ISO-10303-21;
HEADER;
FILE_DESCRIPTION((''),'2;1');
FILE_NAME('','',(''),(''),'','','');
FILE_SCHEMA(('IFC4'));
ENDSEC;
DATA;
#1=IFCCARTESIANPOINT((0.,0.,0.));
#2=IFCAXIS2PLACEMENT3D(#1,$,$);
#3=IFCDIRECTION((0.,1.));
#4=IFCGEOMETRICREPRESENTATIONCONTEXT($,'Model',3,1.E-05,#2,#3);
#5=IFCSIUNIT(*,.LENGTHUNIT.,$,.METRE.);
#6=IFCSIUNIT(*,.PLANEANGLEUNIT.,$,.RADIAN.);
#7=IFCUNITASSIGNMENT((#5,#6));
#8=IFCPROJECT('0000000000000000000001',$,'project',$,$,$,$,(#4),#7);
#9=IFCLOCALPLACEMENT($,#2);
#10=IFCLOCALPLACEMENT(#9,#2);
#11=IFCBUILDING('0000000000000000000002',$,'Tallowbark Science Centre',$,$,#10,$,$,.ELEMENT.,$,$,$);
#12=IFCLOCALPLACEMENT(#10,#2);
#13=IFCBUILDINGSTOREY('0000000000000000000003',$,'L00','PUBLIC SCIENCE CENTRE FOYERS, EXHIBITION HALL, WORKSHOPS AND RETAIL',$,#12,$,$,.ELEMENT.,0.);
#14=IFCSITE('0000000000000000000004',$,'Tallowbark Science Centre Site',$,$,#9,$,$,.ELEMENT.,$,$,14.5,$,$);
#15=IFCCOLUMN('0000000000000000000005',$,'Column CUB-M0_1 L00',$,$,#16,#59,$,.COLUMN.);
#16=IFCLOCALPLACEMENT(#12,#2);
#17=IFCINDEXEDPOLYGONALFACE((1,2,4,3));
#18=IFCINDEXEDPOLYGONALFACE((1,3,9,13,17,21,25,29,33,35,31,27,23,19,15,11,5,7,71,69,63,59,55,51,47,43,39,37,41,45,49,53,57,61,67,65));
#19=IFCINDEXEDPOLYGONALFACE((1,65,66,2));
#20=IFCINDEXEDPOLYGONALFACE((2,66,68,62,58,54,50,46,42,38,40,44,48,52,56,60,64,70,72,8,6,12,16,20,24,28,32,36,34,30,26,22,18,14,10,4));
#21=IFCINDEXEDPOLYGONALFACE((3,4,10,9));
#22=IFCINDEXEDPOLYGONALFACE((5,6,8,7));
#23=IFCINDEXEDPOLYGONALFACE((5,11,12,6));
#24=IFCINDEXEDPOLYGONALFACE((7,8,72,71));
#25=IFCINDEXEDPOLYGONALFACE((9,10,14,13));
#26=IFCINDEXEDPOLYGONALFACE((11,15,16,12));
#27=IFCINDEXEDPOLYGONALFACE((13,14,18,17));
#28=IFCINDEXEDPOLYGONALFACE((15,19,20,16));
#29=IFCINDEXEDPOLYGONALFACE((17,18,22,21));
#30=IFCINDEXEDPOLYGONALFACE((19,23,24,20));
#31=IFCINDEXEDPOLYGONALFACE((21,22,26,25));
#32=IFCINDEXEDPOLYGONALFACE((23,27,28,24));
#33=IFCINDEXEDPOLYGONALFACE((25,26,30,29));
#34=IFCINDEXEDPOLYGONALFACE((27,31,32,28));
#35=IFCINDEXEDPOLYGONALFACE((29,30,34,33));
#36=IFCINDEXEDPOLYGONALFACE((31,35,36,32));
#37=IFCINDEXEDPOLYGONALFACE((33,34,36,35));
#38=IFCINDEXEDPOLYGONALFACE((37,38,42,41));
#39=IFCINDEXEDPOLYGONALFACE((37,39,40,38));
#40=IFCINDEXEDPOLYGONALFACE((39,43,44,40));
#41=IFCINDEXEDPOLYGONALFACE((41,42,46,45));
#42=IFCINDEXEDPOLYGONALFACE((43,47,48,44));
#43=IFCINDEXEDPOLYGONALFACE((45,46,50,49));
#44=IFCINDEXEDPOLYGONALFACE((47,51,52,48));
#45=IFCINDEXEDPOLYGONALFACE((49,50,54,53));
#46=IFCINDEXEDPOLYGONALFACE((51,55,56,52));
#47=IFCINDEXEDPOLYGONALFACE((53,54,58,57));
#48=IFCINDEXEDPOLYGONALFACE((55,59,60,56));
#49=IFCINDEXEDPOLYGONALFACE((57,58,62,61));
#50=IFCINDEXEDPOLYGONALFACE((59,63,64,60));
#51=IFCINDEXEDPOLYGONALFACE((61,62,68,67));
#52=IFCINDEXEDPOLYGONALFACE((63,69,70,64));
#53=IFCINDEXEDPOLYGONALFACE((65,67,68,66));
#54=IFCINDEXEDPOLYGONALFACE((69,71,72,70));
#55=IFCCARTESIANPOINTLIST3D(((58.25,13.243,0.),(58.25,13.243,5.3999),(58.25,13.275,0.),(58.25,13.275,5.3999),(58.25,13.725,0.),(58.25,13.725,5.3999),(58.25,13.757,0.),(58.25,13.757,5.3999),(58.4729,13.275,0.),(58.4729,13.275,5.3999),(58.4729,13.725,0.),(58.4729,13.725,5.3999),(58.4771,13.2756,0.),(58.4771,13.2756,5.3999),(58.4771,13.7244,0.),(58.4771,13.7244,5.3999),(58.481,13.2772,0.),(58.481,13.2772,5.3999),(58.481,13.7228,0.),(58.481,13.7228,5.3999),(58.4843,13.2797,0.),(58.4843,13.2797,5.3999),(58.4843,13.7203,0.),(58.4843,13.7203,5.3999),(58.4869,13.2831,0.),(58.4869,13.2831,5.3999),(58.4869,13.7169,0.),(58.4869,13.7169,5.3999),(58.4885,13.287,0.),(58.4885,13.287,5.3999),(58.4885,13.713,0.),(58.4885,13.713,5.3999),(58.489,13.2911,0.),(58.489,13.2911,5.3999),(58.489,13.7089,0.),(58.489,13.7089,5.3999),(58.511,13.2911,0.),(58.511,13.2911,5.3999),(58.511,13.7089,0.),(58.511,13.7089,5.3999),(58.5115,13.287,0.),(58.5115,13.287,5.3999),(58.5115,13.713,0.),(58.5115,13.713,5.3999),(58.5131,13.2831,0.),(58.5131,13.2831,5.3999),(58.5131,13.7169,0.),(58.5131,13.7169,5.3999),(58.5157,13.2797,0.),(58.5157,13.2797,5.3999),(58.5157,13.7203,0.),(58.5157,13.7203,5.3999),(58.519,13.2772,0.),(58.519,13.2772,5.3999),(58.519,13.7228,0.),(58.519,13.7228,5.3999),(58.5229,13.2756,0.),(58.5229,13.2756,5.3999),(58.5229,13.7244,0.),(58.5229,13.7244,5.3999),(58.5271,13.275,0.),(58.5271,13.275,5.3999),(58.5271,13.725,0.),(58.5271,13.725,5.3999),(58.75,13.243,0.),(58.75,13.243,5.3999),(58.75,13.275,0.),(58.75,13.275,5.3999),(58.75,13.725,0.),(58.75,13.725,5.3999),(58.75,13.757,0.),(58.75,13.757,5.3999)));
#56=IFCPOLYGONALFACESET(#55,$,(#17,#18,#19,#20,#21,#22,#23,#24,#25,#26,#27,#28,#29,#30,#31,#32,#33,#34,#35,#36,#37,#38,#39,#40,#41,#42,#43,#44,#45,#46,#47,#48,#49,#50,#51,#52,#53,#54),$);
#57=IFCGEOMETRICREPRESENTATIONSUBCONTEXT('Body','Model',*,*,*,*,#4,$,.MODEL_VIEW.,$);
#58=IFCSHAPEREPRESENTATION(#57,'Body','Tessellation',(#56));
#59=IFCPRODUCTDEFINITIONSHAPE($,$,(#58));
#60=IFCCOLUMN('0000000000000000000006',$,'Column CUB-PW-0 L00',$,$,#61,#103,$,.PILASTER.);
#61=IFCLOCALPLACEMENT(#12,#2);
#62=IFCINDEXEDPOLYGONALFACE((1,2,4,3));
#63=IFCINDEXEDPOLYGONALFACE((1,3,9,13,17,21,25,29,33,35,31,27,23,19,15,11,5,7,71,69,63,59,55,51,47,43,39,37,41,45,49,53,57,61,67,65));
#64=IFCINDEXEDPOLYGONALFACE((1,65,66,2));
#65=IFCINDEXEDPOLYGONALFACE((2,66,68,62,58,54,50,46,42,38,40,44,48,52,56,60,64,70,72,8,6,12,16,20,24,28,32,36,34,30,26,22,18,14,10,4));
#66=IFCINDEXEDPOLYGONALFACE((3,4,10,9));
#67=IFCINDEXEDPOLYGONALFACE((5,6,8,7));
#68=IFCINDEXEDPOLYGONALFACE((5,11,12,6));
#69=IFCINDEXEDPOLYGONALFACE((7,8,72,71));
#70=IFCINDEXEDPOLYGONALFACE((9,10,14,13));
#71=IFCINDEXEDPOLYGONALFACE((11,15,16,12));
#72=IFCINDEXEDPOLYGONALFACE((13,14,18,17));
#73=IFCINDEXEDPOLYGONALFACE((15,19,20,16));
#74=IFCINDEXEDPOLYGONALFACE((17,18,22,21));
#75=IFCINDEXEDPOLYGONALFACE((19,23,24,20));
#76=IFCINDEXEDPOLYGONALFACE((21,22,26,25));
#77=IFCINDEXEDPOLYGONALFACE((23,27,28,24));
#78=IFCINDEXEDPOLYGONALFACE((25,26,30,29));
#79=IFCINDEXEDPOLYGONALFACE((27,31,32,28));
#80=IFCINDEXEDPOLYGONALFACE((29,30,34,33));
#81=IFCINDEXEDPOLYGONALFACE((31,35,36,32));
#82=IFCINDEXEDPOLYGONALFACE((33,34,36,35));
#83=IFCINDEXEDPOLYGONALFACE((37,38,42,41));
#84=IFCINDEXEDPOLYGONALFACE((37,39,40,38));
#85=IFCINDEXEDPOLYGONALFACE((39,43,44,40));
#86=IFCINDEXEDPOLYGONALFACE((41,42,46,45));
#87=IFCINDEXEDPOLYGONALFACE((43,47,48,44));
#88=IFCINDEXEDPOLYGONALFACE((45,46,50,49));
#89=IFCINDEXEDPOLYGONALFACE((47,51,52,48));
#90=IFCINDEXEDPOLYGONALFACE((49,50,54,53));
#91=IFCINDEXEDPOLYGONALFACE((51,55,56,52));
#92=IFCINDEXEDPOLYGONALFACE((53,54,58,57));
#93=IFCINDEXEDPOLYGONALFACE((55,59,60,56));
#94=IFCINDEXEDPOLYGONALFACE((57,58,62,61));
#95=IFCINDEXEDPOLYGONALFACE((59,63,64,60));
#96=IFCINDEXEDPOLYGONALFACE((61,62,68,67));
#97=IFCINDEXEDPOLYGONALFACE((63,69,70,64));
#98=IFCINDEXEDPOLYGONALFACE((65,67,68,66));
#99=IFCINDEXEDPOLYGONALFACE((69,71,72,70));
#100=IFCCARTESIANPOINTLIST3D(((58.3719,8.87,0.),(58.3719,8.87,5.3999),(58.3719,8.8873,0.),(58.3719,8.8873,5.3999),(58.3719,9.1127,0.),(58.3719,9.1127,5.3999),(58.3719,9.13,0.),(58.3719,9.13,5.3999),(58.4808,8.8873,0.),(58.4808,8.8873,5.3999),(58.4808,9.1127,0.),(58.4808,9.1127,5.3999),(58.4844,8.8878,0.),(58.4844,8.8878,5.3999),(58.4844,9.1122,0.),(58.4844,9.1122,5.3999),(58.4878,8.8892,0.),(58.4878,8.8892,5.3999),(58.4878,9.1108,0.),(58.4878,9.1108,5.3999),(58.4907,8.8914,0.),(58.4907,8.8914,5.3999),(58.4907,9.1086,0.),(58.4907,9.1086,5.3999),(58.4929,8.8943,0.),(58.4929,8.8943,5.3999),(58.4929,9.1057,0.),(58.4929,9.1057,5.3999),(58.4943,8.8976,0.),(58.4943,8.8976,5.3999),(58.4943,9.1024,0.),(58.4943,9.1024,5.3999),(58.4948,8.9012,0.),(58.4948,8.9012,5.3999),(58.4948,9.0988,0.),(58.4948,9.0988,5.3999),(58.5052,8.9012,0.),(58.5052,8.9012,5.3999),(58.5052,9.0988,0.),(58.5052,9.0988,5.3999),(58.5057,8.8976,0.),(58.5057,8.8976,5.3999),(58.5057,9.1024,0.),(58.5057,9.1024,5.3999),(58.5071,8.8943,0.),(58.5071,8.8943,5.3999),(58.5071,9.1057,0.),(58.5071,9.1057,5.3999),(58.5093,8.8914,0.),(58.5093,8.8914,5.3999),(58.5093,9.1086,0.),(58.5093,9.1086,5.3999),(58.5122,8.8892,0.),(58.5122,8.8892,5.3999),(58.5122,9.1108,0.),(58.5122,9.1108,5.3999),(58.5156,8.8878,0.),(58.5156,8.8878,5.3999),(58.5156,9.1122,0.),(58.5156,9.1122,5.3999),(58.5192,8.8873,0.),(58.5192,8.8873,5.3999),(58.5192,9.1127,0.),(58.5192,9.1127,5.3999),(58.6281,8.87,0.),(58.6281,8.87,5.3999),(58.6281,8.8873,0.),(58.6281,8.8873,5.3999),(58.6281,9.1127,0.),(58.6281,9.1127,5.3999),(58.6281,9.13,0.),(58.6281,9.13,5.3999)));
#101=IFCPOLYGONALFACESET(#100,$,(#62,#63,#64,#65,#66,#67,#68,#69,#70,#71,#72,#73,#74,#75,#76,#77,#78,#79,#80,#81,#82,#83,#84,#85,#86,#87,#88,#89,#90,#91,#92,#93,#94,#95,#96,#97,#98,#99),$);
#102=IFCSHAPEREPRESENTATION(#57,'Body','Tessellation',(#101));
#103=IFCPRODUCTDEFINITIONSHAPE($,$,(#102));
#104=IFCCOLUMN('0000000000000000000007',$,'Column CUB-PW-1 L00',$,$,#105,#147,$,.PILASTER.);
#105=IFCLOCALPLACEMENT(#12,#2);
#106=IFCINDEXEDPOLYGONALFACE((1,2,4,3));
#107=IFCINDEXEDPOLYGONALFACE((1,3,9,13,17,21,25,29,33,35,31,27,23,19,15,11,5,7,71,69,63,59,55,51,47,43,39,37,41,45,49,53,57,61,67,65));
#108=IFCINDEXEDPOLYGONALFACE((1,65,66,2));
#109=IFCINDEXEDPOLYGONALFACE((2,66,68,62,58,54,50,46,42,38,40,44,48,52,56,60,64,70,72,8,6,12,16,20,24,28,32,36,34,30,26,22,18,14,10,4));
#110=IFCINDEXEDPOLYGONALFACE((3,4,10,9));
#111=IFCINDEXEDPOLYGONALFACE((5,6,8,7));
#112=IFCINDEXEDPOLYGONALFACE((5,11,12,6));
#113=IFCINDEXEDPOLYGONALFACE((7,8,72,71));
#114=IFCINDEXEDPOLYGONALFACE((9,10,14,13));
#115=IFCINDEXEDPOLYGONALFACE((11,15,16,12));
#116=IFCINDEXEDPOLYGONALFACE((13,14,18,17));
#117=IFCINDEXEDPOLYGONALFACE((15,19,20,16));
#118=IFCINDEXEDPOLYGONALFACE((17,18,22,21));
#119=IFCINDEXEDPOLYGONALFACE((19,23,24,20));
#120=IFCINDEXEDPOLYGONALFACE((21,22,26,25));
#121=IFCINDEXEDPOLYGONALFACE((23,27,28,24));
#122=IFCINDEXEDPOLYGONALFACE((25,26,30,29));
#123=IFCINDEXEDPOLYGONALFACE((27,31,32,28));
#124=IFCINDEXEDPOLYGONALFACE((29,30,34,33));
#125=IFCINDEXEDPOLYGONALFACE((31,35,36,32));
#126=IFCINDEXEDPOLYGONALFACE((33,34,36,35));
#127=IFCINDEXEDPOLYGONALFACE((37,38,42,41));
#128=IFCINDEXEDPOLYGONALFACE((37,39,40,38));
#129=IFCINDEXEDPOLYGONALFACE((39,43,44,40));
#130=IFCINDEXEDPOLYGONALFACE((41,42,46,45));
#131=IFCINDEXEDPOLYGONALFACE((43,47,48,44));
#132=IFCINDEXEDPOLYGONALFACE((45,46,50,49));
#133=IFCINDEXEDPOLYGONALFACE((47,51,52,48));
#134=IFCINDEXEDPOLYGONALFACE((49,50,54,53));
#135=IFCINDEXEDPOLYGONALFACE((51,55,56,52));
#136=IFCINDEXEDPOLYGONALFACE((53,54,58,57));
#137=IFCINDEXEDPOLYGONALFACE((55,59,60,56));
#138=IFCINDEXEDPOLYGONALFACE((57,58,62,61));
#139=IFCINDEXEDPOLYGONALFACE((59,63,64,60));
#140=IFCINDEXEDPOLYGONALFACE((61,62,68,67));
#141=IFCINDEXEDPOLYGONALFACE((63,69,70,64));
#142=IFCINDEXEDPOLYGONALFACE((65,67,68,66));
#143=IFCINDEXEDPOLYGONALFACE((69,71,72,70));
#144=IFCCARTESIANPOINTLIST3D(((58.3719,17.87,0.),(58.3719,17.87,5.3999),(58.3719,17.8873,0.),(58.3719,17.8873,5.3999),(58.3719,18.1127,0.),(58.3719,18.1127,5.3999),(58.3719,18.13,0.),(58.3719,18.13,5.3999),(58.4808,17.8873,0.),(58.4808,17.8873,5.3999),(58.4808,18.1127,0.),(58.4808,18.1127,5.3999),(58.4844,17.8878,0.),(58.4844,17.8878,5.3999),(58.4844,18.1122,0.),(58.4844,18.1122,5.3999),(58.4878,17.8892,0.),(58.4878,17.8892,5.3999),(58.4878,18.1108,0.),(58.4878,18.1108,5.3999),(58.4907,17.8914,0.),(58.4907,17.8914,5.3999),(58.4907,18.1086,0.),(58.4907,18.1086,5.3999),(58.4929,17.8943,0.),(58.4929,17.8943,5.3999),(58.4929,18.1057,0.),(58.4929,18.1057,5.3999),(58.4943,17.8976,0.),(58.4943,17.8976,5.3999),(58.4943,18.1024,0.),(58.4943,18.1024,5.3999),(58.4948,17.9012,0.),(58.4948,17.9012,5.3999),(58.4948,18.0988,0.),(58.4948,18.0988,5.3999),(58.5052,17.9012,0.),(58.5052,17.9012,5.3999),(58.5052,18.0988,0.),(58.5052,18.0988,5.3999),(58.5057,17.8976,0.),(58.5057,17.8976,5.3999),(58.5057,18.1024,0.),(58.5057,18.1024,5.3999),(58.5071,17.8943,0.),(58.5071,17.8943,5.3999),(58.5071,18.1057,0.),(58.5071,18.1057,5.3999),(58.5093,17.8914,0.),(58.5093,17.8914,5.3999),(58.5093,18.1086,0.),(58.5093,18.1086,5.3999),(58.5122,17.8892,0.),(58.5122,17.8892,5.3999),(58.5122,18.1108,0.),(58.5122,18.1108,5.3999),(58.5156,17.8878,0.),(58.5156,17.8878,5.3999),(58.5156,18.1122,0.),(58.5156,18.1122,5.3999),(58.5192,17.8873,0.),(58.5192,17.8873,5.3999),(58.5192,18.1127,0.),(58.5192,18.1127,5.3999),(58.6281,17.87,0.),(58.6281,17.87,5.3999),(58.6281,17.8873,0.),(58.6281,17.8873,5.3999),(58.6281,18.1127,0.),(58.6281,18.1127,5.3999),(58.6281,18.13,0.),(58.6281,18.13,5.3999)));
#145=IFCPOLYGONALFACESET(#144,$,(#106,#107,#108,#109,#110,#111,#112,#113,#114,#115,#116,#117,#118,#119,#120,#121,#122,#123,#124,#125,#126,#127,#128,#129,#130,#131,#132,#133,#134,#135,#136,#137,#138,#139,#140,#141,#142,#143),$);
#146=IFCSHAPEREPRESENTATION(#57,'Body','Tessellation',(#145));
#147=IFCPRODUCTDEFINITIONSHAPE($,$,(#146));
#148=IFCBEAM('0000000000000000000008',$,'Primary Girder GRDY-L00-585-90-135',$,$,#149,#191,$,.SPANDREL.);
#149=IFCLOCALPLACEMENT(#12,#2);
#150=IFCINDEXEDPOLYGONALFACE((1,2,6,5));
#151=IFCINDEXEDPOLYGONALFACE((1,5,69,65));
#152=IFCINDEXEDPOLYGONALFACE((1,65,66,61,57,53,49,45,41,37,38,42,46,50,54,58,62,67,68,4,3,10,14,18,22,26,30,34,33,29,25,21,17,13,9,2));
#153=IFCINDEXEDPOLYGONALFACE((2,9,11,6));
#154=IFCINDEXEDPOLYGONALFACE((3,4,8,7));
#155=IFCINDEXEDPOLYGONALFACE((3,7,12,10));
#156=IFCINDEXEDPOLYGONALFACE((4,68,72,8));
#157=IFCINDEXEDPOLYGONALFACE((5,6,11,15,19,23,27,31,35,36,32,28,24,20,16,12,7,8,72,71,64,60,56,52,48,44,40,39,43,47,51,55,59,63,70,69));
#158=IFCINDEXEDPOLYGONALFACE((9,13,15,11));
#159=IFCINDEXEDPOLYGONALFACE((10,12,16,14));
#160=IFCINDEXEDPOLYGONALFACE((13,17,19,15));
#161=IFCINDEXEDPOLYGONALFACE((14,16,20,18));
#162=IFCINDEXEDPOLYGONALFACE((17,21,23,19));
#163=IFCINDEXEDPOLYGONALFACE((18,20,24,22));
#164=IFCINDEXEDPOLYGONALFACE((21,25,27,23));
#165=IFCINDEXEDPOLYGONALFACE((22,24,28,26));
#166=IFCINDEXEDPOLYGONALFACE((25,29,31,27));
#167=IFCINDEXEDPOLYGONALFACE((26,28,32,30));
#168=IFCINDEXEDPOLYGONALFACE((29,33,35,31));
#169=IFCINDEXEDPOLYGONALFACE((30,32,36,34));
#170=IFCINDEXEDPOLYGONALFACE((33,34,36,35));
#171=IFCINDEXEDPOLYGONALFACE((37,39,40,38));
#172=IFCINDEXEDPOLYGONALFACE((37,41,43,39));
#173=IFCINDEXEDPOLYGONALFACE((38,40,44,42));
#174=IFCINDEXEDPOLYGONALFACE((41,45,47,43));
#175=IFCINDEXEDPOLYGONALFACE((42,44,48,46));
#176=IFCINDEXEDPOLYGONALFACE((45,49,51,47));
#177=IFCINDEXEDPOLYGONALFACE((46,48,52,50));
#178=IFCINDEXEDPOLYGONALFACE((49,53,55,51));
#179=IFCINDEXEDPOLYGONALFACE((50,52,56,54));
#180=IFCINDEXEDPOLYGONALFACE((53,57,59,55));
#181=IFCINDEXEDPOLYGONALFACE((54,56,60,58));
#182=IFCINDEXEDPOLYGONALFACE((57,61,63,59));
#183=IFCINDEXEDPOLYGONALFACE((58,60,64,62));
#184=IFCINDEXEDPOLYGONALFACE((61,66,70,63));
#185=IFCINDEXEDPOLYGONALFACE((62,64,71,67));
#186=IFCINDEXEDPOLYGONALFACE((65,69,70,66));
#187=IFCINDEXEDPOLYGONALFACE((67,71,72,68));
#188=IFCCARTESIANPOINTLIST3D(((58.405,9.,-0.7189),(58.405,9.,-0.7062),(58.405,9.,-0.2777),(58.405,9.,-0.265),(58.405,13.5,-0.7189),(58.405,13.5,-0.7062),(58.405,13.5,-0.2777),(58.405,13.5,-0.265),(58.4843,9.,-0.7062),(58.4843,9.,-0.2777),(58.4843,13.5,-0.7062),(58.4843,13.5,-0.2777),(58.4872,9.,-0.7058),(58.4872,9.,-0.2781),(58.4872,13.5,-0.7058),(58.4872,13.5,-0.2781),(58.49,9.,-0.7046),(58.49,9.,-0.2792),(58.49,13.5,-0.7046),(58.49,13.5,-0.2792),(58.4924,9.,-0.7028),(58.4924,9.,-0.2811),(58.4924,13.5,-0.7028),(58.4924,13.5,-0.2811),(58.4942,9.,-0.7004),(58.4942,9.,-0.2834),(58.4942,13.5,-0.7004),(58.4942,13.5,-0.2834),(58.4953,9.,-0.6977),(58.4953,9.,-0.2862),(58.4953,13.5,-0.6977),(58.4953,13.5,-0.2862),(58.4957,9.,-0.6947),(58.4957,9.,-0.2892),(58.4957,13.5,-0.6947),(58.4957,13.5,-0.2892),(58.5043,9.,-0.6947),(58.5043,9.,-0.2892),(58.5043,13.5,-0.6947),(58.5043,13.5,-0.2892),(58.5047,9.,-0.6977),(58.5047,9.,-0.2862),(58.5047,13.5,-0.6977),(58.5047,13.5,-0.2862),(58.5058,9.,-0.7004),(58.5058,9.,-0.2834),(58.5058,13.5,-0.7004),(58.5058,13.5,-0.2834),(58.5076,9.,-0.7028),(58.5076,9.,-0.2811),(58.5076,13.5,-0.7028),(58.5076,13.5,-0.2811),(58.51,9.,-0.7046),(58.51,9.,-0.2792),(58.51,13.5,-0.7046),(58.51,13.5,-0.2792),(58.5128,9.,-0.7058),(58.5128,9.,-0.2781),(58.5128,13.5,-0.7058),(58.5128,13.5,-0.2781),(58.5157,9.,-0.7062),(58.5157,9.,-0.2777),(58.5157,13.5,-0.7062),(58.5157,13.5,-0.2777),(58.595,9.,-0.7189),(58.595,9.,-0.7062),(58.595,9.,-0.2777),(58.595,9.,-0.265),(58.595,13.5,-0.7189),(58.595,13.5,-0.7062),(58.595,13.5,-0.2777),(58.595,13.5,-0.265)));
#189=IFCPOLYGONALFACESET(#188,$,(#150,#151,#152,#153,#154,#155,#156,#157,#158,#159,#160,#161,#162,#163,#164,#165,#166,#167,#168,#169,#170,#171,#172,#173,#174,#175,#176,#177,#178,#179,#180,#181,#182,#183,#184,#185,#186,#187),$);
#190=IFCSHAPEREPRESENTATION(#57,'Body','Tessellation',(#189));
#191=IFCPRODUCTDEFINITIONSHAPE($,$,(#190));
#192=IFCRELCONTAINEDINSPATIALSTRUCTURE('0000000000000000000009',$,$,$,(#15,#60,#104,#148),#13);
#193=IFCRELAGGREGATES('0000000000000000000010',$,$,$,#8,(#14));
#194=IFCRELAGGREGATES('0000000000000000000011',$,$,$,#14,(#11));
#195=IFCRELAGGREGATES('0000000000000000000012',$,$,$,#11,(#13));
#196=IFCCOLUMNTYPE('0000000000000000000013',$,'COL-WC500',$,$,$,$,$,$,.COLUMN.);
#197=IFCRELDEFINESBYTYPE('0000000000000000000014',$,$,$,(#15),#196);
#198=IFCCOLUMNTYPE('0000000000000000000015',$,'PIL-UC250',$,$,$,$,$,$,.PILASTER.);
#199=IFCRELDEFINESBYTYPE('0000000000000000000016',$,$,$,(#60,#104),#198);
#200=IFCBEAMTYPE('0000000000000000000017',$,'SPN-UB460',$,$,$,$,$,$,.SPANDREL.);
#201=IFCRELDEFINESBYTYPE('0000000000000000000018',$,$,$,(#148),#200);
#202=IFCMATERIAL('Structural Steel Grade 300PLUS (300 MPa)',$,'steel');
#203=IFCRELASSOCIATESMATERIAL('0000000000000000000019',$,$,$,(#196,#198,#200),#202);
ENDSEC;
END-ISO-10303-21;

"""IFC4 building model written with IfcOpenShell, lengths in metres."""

from ifc_helpers import new_model, si_unit, direction, frame, origin, origin_2d, place, context, subcontext, project, spatial, i_section, extrude, material, material_profile, profile_set, type_object, element, save


model = new_model("IFC4")

# Units and contexts
model_context = context("Model", 3, precision=1e-05, world=origin(), true_north=direction((0.0, 1.0)))
body_context = subcontext(model_context, "Body", "Model", "MODEL_VIEW")
ifc_project = project(units=[si_unit("LENGTHUNIT", "METRE"), si_unit("PLANEANGLEUNIT", "RADIAN")], contexts=[model_context])

# Site, building, storey
site_placement = place(None, origin())
site = spatial("IfcSite", under=ifc_project, at=site_placement, Name="Tallowbark Science Centre Site", CompositionType="ELEMENT", RefElevation=14.5)
building_placement = place(site_placement, origin())
building = spatial("IfcBuilding", under=site, at=building_placement, Name="Tallowbark Science Centre", CompositionType="ELEMENT")
storey_placement = place(building_placement, origin())
storey = spatial("IfcBuildingStorey", under=building, at=storey_placement, Name="L00", Description="PUBLIC SCIENCE CENTRE FOYERS, EXHIBITION HALL, WORKSHOPS AND RETAIL", CompositionType="ELEMENT", Elevation=0.0)

# Columns
ifc_material_1 = material(Name="Structural Steel Grade 300PLUS (300 MPa)", Category="steel")
ifc_material_profile_1 = material_profile(ifc_material_1, i_section(OverallWidth=0.5, OverallDepth=0.5139, WebThickness=0.022, FlangeThickness=0.032, FilletRadius=0.0161, at=origin_2d()), Name="500WC340")
ifc_profile_set_1 = profile_set([ifc_material_profile_1], Name="Structural Steel Grade 300PLUS (300 MPa)")
column_type_1 = type_object("IfcColumnType", Name="COL-WC500", PredefinedType="COLUMN", material=ifc_profile_set_1)
column_placement = place(storey_placement, frame((58.5, 13.5, 0.0), z_axis=(0.0, 0.0, 1.0), x_axis=(1.0, 0.0, 0.0)))
element("IfcColumn", 1, at=column_placement, inside=storey, type_object=column_type_1, Name="Column CUB-M0_1 L00", PredefinedType="COLUMN", context=body_context, shape_type="SweptSolid", body=[
    extrude(i_section(OverallWidth=0.5, OverallDepth=0.5139, WebThickness=0.022, FlangeThickness=0.032, FilletRadius=0.0161, at=origin_2d()), origin(), (0.0, 0.0, 1.0), 5.3999),
])
ifc_material_profile_2 = material_profile(ifc_material_1, i_section(OverallWidth=0.2561, OverallDepth=0.26, WebThickness=0.0105, FlangeThickness=0.0173, FilletRadius=0.0139, at=origin_2d()), Name="250UC89.5")
ifc_profile_set_2 = profile_set([ifc_material_profile_2], Name="Structural Steel Grade 300PLUS (300 MPa)")
column_type_2 = type_object("IfcColumnType", Name="PIL-UC250", PredefinedType="PILASTER", material=ifc_profile_set_2)
for number, where, z_axis, x_axis, name in (
    (2, (58.5, 9.0, 0.0), (0.0, 0.0, 1.0), (1.0, 0.0, 0.0), "Column CUB-PW-0 L00"),
    (3, (58.5, 18.0, 0.0), (0.0, 0.0, 1.0), (1.0, 0.0, 0.0), "Column CUB-PW-1 L00"),
):
    element("IfcColumn", number, at=place(storey_placement, frame(where, z_axis=z_axis, x_axis=x_axis)), inside=storey, type_object=column_type_2, Name=name, PredefinedType="PILASTER", context=body_context, shape_type="SweptSolid", body=[
        extrude(i_section(OverallWidth=0.2561, OverallDepth=0.26, WebThickness=0.0105, FlangeThickness=0.0173, FilletRadius=0.0139, at=origin_2d()), origin(), (0.0, 0.0, 1.0), 5.3999),
    ])

# Beam
ifc_material_profile_3 = material_profile(ifc_material_1, i_section(OverallWidth=0.1899, OverallDepth=0.4539, WebThickness=0.0085, FlangeThickness=0.0127, FilletRadius=0.0115, at=origin_2d()), Name="460UB67.1")
ifc_profile_set_3 = profile_set([ifc_material_profile_3], Name="Structural Steel Grade 300PLUS (300 MPa)")
beam_type = type_object("IfcBeamType", Name="SPN-UB460", PredefinedType="SPANDREL", material=ifc_profile_set_3)
for number, where, z_axis, x_axis, name in (
    (4, (58.5, 9.0, -0.4919), (0.0, 1.0, 0.0), (-1.0, 0.0, 0.0), "Primary Girder GRDY-L00-585-90-135"),
):
    element("IfcBeam", number, at=place(storey_placement, frame(where, z_axis=z_axis, x_axis=x_axis)), inside=storey, type_object=beam_type, Name=name, PredefinedType="SPANDREL", context=body_context, shape_type="SweptSolid", body=[
        extrude(i_section(OverallWidth=0.1899, OverallDepth=0.4539, WebThickness=0.0085, FlangeThickness=0.0127, FilletRadius=0.0115, at=origin_2d()), origin(), (0.0, 0.0, 1.0), 4.5),
    ])

save(model, "model.ifc")
